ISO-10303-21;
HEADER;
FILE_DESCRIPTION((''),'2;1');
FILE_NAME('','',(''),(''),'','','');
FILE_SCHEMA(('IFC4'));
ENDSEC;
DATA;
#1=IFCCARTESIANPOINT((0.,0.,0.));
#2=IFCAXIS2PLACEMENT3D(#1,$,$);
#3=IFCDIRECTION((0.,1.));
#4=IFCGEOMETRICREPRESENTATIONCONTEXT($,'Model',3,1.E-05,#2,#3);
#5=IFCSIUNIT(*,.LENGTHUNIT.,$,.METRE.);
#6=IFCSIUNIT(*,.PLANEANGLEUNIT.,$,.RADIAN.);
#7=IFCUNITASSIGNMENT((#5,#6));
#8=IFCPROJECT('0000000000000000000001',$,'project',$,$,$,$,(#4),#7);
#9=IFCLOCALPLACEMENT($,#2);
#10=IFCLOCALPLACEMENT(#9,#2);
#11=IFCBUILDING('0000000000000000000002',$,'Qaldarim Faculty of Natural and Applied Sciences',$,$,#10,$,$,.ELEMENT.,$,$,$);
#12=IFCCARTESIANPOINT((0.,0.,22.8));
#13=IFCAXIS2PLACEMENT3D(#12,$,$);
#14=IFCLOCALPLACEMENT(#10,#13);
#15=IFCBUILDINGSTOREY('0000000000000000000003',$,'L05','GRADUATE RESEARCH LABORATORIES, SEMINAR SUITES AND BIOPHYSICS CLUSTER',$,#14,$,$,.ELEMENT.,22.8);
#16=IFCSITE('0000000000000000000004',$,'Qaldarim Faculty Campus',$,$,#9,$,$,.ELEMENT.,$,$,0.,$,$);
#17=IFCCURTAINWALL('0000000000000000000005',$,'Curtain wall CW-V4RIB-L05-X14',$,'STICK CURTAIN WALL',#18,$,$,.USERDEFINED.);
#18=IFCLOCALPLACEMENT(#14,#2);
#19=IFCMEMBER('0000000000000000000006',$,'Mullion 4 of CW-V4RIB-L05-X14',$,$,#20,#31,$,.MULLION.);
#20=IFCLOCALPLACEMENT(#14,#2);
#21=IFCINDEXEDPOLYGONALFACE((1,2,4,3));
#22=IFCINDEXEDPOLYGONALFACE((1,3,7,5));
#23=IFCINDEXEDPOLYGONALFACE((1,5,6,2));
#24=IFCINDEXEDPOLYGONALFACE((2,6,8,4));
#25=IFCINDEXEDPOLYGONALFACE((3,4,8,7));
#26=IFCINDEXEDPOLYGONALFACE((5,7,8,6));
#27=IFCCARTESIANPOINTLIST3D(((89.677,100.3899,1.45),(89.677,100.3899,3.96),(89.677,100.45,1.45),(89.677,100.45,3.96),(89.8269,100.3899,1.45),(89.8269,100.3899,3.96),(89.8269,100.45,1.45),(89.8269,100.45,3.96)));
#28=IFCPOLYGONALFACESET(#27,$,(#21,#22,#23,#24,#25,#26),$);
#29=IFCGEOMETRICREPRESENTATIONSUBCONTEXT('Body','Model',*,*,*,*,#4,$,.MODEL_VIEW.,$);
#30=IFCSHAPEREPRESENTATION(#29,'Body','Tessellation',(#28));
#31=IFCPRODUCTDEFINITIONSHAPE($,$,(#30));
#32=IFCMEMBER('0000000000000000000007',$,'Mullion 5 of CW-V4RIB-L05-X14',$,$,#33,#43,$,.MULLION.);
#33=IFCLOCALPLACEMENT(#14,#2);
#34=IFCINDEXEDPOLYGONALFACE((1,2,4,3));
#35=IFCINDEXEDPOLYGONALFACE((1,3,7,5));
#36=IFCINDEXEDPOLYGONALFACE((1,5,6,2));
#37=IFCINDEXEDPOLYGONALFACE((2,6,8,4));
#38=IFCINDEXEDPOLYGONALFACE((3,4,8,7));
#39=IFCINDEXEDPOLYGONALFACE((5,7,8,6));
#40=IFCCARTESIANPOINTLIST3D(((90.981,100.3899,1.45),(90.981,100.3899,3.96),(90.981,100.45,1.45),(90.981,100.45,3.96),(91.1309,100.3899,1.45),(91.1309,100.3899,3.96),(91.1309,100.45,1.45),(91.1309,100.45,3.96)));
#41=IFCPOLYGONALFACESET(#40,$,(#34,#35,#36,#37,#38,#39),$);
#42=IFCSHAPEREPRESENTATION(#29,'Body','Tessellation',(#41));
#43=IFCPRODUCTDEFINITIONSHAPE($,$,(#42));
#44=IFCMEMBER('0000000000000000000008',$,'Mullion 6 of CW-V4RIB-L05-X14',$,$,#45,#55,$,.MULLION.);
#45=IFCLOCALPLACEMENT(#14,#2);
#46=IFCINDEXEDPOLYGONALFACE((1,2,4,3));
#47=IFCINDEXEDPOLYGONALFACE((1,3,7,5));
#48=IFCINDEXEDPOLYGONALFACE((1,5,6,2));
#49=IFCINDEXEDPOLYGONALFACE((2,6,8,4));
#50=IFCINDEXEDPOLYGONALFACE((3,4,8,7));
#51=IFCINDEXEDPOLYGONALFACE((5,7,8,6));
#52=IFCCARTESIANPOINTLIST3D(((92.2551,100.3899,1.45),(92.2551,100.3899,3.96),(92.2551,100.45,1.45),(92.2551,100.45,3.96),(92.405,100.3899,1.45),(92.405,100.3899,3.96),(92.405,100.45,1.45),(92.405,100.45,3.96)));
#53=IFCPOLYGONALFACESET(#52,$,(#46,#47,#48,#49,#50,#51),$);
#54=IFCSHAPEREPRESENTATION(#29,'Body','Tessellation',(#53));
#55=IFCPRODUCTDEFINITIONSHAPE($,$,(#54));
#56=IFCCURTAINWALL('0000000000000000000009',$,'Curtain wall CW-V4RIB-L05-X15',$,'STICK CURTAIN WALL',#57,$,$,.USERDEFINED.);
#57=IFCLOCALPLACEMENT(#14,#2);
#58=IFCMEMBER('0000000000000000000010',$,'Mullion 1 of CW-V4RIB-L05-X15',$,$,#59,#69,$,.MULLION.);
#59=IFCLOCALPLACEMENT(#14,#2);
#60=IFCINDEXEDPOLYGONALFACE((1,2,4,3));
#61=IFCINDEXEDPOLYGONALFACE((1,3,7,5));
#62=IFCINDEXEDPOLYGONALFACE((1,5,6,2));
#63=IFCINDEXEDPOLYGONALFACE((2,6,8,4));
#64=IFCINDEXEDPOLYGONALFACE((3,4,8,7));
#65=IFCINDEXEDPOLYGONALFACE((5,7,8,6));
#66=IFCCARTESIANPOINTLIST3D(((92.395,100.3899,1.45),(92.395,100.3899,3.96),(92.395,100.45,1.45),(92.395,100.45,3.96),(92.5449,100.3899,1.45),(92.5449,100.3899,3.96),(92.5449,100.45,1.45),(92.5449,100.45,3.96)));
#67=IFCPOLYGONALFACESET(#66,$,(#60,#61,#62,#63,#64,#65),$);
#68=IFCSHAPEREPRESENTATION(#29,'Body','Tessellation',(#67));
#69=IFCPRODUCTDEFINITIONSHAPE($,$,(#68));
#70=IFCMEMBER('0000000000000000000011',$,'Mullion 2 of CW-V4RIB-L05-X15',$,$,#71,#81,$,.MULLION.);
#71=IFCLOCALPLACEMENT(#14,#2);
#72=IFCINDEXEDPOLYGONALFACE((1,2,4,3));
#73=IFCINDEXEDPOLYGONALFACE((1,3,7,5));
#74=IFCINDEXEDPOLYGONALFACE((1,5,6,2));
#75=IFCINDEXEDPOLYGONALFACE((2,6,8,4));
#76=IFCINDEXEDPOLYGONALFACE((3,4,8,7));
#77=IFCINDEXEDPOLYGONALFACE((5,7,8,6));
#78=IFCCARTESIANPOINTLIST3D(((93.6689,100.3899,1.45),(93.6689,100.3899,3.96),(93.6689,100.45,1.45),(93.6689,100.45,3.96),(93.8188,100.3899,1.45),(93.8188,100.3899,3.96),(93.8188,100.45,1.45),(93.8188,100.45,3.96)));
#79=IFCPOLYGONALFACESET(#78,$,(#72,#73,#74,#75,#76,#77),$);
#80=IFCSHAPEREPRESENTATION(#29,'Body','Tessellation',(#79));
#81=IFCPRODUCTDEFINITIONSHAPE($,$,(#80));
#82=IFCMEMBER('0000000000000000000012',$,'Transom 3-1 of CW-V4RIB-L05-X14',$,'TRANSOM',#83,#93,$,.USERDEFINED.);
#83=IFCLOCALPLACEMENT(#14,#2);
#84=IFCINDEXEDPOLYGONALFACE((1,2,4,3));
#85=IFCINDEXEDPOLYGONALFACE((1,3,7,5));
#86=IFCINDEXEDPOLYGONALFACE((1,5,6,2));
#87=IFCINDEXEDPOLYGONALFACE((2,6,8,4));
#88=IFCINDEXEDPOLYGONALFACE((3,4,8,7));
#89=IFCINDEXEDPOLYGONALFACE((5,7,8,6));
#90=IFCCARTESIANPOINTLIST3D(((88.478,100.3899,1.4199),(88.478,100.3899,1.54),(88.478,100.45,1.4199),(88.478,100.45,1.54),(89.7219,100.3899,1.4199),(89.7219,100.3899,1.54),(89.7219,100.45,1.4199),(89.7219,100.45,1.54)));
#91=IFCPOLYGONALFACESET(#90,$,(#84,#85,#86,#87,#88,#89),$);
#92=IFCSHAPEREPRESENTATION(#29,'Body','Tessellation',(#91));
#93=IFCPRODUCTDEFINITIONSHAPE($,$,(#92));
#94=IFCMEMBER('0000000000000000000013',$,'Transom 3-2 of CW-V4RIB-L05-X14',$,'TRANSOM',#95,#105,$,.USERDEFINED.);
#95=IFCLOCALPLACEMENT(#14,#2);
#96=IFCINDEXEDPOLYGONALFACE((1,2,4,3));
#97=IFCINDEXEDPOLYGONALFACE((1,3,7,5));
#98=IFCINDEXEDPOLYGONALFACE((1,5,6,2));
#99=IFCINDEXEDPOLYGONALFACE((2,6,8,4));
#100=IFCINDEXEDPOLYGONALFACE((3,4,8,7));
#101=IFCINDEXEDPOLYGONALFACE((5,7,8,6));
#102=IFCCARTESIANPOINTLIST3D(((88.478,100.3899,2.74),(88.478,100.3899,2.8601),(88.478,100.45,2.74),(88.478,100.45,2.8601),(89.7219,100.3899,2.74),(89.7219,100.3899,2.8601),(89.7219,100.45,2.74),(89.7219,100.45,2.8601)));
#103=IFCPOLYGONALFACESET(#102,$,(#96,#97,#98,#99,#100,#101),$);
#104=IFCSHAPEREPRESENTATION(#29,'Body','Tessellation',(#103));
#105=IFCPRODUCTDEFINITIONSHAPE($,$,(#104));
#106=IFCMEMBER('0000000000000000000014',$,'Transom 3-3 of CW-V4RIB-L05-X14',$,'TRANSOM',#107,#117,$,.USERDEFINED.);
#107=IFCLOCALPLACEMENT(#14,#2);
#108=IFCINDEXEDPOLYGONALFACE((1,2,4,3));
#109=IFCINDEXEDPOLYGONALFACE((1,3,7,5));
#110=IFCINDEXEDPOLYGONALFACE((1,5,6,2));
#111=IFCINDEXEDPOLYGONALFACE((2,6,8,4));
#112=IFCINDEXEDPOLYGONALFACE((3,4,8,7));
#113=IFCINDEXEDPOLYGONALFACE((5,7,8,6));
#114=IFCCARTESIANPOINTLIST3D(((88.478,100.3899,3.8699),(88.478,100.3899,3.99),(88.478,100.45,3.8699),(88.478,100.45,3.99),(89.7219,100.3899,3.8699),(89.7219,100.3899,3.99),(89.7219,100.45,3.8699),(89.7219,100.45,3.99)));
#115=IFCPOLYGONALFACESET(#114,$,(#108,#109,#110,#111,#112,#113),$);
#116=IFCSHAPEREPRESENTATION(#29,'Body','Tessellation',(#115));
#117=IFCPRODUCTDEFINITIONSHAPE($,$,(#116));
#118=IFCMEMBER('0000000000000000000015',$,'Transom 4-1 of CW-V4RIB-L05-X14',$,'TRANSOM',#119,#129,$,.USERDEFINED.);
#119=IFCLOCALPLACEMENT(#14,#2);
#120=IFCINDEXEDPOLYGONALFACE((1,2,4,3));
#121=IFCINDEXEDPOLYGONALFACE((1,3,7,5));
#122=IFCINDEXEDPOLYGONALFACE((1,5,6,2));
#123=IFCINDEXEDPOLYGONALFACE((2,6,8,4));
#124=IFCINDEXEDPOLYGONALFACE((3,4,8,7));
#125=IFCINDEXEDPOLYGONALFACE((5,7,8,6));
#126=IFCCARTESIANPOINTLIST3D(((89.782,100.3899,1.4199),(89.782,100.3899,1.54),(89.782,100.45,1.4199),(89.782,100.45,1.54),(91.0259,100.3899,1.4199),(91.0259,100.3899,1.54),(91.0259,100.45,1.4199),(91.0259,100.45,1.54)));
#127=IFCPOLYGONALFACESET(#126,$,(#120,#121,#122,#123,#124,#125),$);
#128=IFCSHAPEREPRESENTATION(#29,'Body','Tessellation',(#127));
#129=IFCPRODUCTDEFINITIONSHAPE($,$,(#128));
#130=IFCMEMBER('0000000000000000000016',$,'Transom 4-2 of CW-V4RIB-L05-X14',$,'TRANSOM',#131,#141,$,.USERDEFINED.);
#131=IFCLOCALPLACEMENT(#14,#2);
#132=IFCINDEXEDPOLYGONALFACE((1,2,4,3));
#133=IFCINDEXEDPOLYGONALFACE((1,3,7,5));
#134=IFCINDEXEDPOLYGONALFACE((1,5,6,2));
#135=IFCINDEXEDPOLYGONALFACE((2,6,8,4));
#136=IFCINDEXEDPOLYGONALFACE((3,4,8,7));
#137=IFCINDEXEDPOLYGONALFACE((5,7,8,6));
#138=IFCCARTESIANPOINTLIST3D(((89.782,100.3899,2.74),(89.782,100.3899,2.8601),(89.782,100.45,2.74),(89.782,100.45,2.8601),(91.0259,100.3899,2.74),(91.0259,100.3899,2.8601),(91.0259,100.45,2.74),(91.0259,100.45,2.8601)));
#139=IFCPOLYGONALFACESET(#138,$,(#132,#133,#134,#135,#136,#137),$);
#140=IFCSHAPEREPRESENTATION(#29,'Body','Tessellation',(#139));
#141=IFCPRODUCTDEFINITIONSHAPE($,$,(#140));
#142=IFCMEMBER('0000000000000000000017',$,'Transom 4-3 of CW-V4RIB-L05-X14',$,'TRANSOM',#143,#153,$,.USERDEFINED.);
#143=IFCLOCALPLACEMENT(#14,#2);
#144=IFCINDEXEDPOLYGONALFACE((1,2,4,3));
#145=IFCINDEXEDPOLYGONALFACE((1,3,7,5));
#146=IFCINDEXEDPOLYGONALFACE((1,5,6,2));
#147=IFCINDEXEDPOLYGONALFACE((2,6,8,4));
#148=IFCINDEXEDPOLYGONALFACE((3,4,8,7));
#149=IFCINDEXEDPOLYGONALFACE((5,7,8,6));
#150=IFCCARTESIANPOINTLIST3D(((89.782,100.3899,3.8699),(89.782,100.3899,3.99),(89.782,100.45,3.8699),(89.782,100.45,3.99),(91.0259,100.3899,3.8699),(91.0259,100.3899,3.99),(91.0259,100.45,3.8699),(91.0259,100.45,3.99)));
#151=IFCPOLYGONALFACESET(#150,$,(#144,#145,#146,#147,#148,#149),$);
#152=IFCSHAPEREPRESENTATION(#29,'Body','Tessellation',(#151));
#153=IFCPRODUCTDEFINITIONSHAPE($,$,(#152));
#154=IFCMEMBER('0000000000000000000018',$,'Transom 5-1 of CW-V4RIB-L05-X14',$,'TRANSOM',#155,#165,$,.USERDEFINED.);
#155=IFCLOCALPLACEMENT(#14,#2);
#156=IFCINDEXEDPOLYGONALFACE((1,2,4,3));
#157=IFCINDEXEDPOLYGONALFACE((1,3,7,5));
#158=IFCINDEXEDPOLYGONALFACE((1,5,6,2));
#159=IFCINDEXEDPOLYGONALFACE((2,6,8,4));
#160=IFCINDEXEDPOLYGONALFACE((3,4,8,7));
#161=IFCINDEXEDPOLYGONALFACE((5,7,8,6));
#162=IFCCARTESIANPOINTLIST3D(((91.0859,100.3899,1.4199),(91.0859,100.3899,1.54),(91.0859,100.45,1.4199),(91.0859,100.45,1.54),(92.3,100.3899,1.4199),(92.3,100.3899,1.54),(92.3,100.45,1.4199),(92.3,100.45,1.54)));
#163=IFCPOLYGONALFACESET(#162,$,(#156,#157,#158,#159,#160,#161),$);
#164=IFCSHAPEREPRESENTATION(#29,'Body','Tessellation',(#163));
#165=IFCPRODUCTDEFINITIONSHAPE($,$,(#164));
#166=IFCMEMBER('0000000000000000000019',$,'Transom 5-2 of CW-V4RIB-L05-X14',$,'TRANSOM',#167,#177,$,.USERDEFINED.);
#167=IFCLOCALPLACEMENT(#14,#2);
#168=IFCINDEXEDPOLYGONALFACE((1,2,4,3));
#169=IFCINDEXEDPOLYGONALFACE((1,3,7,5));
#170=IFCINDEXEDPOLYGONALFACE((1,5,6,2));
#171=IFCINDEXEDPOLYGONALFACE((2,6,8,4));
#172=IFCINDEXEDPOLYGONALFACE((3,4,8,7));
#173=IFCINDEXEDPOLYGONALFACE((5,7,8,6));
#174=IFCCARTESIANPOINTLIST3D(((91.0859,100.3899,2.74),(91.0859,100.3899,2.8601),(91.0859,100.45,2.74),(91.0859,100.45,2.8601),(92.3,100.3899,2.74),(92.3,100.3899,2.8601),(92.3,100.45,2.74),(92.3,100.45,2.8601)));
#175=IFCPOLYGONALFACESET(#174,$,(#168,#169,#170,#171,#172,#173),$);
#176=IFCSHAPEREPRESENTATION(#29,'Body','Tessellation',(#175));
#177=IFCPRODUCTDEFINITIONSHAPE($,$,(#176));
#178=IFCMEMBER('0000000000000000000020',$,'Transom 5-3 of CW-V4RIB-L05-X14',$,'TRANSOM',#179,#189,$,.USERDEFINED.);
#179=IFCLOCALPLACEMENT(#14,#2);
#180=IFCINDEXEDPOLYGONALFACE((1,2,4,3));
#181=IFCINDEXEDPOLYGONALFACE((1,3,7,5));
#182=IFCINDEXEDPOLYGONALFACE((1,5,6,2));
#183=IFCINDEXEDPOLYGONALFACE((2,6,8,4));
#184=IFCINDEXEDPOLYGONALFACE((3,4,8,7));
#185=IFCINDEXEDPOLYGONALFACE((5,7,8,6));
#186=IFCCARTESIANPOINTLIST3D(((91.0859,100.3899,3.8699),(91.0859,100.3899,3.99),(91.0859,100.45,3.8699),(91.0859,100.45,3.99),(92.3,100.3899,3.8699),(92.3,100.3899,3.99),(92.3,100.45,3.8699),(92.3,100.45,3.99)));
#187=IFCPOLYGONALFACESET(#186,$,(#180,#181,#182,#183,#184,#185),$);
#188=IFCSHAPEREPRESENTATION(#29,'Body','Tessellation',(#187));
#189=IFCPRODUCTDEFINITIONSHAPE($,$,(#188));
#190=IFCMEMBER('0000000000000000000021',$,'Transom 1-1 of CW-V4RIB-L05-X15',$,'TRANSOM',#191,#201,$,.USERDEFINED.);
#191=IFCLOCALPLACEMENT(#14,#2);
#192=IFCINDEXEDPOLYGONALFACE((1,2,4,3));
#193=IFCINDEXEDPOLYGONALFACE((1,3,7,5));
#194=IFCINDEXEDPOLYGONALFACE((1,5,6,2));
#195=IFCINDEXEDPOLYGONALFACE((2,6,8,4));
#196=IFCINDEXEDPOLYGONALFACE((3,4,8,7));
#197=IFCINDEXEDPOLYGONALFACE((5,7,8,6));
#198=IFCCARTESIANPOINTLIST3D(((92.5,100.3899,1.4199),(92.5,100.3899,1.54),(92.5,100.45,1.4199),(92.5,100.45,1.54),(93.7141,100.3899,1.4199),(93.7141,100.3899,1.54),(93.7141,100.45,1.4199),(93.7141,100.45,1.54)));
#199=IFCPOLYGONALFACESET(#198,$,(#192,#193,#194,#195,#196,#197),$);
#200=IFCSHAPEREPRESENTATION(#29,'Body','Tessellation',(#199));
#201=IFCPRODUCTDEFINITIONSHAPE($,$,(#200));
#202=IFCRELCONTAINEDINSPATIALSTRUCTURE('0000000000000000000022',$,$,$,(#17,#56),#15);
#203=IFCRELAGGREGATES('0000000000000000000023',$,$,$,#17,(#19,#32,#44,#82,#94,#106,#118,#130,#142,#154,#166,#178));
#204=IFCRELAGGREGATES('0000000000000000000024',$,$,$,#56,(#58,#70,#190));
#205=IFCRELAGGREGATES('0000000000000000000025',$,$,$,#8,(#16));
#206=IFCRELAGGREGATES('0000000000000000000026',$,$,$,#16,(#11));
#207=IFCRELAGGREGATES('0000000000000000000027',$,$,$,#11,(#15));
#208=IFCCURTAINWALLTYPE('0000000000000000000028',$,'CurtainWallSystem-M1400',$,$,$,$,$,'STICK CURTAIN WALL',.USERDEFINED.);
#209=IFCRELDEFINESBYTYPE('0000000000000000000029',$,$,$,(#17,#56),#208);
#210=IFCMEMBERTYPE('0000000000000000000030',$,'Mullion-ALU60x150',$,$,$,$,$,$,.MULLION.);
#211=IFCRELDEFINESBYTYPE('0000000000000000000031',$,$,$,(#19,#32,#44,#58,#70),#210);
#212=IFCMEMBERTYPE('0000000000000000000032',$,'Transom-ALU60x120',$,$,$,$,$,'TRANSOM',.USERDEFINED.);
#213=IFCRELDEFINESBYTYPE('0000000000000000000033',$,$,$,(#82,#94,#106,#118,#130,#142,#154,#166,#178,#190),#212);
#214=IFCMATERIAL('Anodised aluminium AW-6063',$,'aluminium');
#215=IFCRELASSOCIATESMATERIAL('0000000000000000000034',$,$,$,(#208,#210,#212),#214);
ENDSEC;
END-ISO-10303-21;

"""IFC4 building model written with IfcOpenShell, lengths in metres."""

from ifc_helpers import new_model, si_unit, direction, frame, origin, origin_2d, place, context, subcontext, project, spatial, rectangle, extrude, material, material_profile, profile_set, type_object, element, aggregate, save


model = new_model("IFC4")

# Units and contexts
model_context = context("Model", 3, precision=1e-05, world=origin(), true_north=direction((0.0, 1.0)))
body_context = subcontext(model_context, "Body", "Model", "MODEL_VIEW")
ifc_project = project(units=[si_unit("LENGTHUNIT", "METRE"), si_unit("PLANEANGLEUNIT", "RADIAN")], contexts=[model_context])

# Site, building, storey
site_placement = place(None, origin())
site = spatial("IfcSite", under=ifc_project, at=site_placement, Name="Qaldarim Faculty Campus", CompositionType="ELEMENT", RefElevation=0.0)
building_placement = place(site_placement, origin())
building = spatial("IfcBuilding", under=site, at=building_placement, Name="Qaldarim Faculty of Natural and Applied Sciences", CompositionType="ELEMENT")
storey_placement = place(building_placement, frame((0.0, 0.0, 22.8)))
storey = spatial("IfcBuildingStorey", under=building, at=storey_placement, Name="L05", Description="GRADUATE RESEARCH LABORATORIES, SEMINAR SUITES AND BIOPHYSICS CLUSTER", CompositionType="ELEMENT", Elevation=22.8)

# Curtain walls, members
ifc_material_1 = material(Name="Anodised aluminium AW-6063", Category="aluminium")
curtain_wall_type = type_object("IfcCurtainWallType", Name="CurtainWallSystem-M1400", ElementType="STICK CURTAIN WALL", PredefinedType="USERDEFINED", material=ifc_material_1)
curtain_wall_1_placement = place(storey_placement, origin())
curtain_wall_1 = element("IfcCurtainWall", 1, at=curtain_wall_1_placement, inside=storey, type_object=curtain_wall_type, Name="Curtain wall CW-V4RIB-L05-X14", ObjectType="STICK CURTAIN WALL", PredefinedType="USERDEFINED")
ifc_material_profile_1 = material_profile(ifc_material_1, rectangle(XDim=0.0601, YDim=0.1499, at=origin_2d()), Name="ALU-M60x150")
ifc_profile_set_1 = profile_set([ifc_material_profile_1], Name="Anodised aluminium AW-6063")
member_type_1 = type_object("IfcMemberType", Name="Mullion-ALU60x150", PredefinedType="MULLION", material=ifc_profile_set_1)
member_1_placement = place(storey_placement, frame((89.752, 100.4199, 1.45), z_axis=(0.0, 0.0, 1.0), x_axis=(0.0, 1.0, 0.0)))
member_1 = element("IfcMember", 2, at=member_1_placement, type_object=member_type_1, Name="Mullion 4 of CW-V4RIB-L05-X14", PredefinedType="MULLION", context=body_context, shape_type="SweptSolid", body=[
    extrude(rectangle(XDim=0.0601, YDim=0.1499, at=origin_2d()), origin(), (0.0, 0.0, 1.0), 2.51),
])
member_2_placement = place(storey_placement, frame((91.0559, 100.4199, 1.45), z_axis=(0.0, 0.0, 1.0), x_axis=(0.0, 1.0, 0.0)))
member_2 = element("IfcMember", 3, at=member_2_placement, type_object=member_type_1, Name="Mullion 5 of CW-V4RIB-L05-X14", PredefinedType="MULLION", context=body_context, shape_type="SweptSolid", body=[
    extrude(rectangle(XDim=0.0601, YDim=0.1499, at=origin_2d()), origin(), (0.0, 0.0, 1.0), 2.51),
])
member_3_placement = place(storey_placement, frame((92.3301, 100.4199, 1.45), z_axis=(0.0, 0.0, 1.0), x_axis=(0.0, 1.0, 0.0)))
member_3 = element("IfcMember", 4, at=member_3_placement, type_object=member_type_1, Name="Mullion 6 of CW-V4RIB-L05-X14", PredefinedType="MULLION", context=body_context, shape_type="SweptSolid", body=[
    extrude(rectangle(XDim=0.0601, YDim=0.1499, at=origin_2d()), origin(), (0.0, 0.0, 1.0), 2.51),
])
curtain_wall_2_placement = place(storey_placement, origin())
curtain_wall_2 = element("IfcCurtainWall", 5, at=curtain_wall_2_placement, inside=storey, type_object=curtain_wall_type, Name="Curtain wall CW-V4RIB-L05-X15", ObjectType="STICK CURTAIN WALL", PredefinedType="USERDEFINED")
member_4_placement = place(storey_placement, frame((92.47, 100.4199, 1.45), z_axis=(0.0, 0.0, 1.0), x_axis=(0.0, 1.0, 0.0)))
member_4 = element("IfcMember", 6, at=member_4_placement, type_object=member_type_1, Name="Mullion 1 of CW-V4RIB-L05-X15", PredefinedType="MULLION", context=body_context, shape_type="SweptSolid", body=[
    extrude(rectangle(XDim=0.0601, YDim=0.1499, at=origin_2d()), origin(), (0.0, 0.0, 1.0), 2.51),
])
member_5_placement = place(storey_placement, frame((93.7439, 100.4199, 1.45), z_axis=(0.0, 0.0, 1.0), x_axis=(0.0, 1.0, 0.0)))
member_5 = element("IfcMember", 7, at=member_5_placement, type_object=member_type_1, Name="Mullion 2 of CW-V4RIB-L05-X15", PredefinedType="MULLION", context=body_context, shape_type="SweptSolid", body=[
    extrude(rectangle(XDim=0.0601, YDim=0.1499, at=origin_2d()), origin(), (0.0, 0.0, 1.0), 2.51),
])

# Members
ifc_material_profile_2 = material_profile(ifc_material_1, rectangle(XDim=0.0601, YDim=0.1201, at=origin_2d()), Name="ALU-T60x120")
ifc_profile_set_2 = profile_set([ifc_material_profile_2], Name="Anodised aluminium AW-6063")
member_type_2 = type_object("IfcMemberType", Name="Transom-ALU60x120", ElementType="TRANSOM", PredefinedType="USERDEFINED", material=ifc_profile_set_2)
member_6_placement = place(storey_placement, frame((88.478, 100.4199, 1.48), z_axis=(1.0, 0.0, 0.0), x_axis=(0.0, 1.0, 0.0)))
member_6 = element("IfcMember", 8, at=member_6_placement, type_object=member_type_2, Name="Transom 3-1 of CW-V4RIB-L05-X14", ObjectType="TRANSOM", PredefinedType="USERDEFINED", context=body_context, shape_type="SweptSolid", body=[
    extrude(rectangle(XDim=0.0601, YDim=0.1201, at=origin_2d()), origin(), (0.0, 0.0, 1.0), 1.2439),
])
member_7_placement = place(storey_placement, frame((88.478, 100.4199, 2.8), z_axis=(1.0, 0.0, 0.0), x_axis=(0.0, 1.0, 0.0)))
member_7 = element("IfcMember", 9, at=member_7_placement, type_object=member_type_2, Name="Transom 3-2 of CW-V4RIB-L05-X14", ObjectType="TRANSOM", PredefinedType="USERDEFINED", context=body_context, shape_type="SweptSolid", body=[
    extrude(rectangle(XDim=0.0601, YDim=0.1201, at=origin_2d()), origin(), (0.0, 0.0, 1.0), 1.2439),
])
member_8_placement = place(storey_placement, frame((88.478, 100.4199, 3.9299), z_axis=(1.0, 0.0, 0.0), x_axis=(0.0, 1.0, 0.0)))
member_8 = element("IfcMember", 10, at=member_8_placement, type_object=member_type_2, Name="Transom 3-3 of CW-V4RIB-L05-X14", ObjectType="TRANSOM", PredefinedType="USERDEFINED", context=body_context, shape_type="SweptSolid", body=[
    extrude(rectangle(XDim=0.0601, YDim=0.1201, at=origin_2d()), origin(), (0.0, 0.0, 1.0), 1.2439),
])
member_9_placement = place(storey_placement, frame((89.782, 100.4199, 1.48), z_axis=(1.0, 0.0, 0.0), x_axis=(0.0, 1.0, 0.0)))
member_9 = element("IfcMember", 11, at=member_9_placement, type_object=member_type_2, Name="Transom 4-1 of CW-V4RIB-L05-X14", ObjectType="TRANSOM", PredefinedType="USERDEFINED", context=body_context, shape_type="SweptSolid", body=[
    extrude(rectangle(XDim=0.0601, YDim=0.1201, at=origin_2d()), origin(), (0.0, 0.0, 1.0), 1.2439),
])
member_10_placement = place(storey_placement, frame((89.782, 100.4199, 2.8), z_axis=(1.0, 0.0, 0.0), x_axis=(0.0, 1.0, 0.0)))
member_10 = element("IfcMember", 12, at=member_10_placement, type_object=member_type_2, Name="Transom 4-2 of CW-V4RIB-L05-X14", ObjectType="TRANSOM", PredefinedType="USERDEFINED", context=body_context, shape_type="SweptSolid", body=[
    extrude(rectangle(XDim=0.0601, YDim=0.1201, at=origin_2d()), origin(), (0.0, 0.0, 1.0), 1.2439),
])
member_11_placement = place(storey_placement, frame((89.782, 100.4199, 3.9299), z_axis=(1.0, 0.0, 0.0), x_axis=(0.0, 1.0, 0.0)))
member_11 = element("IfcMember", 13, at=member_11_placement, type_object=member_type_2, Name="Transom 4-3 of CW-V4RIB-L05-X14", ObjectType="TRANSOM", PredefinedType="USERDEFINED", context=body_context, shape_type="SweptSolid", body=[
    extrude(rectangle(XDim=0.0601, YDim=0.1201, at=origin_2d()), origin(), (0.0, 0.0, 1.0), 1.2439),
])
member_12_placement = place(storey_placement, frame((91.0859, 100.4199, 1.48), z_axis=(1.0, 0.0, 0.0), x_axis=(0.0, 1.0, 0.0)))
member_12 = element("IfcMember", 14, at=member_12_placement, type_object=member_type_2, Name="Transom 5-1 of CW-V4RIB-L05-X14", ObjectType="TRANSOM", PredefinedType="USERDEFINED", context=body_context, shape_type="SweptSolid", body=[
    extrude(rectangle(XDim=0.0601, YDim=0.1201, at=origin_2d()), origin(), (0.0, 0.0, 1.0), 1.2141),
])
member_13_placement = place(storey_placement, frame((91.0859, 100.4199, 2.8), z_axis=(1.0, 0.0, 0.0), x_axis=(0.0, 1.0, 0.0)))
member_13 = element("IfcMember", 15, at=member_13_placement, type_object=member_type_2, Name="Transom 5-2 of CW-V4RIB-L05-X14", ObjectType="TRANSOM", PredefinedType="USERDEFINED", context=body_context, shape_type="SweptSolid", body=[
    extrude(rectangle(XDim=0.0601, YDim=0.1201, at=origin_2d()), origin(), (0.0, 0.0, 1.0), 1.2141),
])
member_14_placement = place(storey_placement, frame((91.0859, 100.4199, 3.9299), z_axis=(1.0, 0.0, 0.0), x_axis=(0.0, 1.0, 0.0)))
member_14 = element("IfcMember", 16, at=member_14_placement, type_object=member_type_2, Name="Transom 5-3 of CW-V4RIB-L05-X14", ObjectType="TRANSOM", PredefinedType="USERDEFINED", context=body_context, shape_type="SweptSolid", body=[
    extrude(rectangle(XDim=0.0601, YDim=0.1201, at=origin_2d()), origin(), (0.0, 0.0, 1.0), 1.2141),
])
member_15_placement = place(storey_placement, frame((92.5, 100.4199, 1.48), z_axis=(1.0, 0.0, 0.0), x_axis=(0.0, 1.0, 0.0)))
member_15 = element("IfcMember", 17, at=member_15_placement, type_object=member_type_2, Name="Transom 1-1 of CW-V4RIB-L05-X15", ObjectType="TRANSOM", PredefinedType="USERDEFINED", context=body_context, shape_type="SweptSolid", body=[
    extrude(rectangle(XDim=0.0601, YDim=0.1201, at=origin_2d()), origin(), (0.0, 0.0, 1.0), 1.2141),
])

aggregate(curtain_wall_1, [member_1, member_2, member_3, member_6, member_7, member_8, member_9, member_10, member_11, member_12, member_13, member_14])
aggregate(curtain_wall_2, [member_4, member_5, member_15])

save(model, "model.ifc")
